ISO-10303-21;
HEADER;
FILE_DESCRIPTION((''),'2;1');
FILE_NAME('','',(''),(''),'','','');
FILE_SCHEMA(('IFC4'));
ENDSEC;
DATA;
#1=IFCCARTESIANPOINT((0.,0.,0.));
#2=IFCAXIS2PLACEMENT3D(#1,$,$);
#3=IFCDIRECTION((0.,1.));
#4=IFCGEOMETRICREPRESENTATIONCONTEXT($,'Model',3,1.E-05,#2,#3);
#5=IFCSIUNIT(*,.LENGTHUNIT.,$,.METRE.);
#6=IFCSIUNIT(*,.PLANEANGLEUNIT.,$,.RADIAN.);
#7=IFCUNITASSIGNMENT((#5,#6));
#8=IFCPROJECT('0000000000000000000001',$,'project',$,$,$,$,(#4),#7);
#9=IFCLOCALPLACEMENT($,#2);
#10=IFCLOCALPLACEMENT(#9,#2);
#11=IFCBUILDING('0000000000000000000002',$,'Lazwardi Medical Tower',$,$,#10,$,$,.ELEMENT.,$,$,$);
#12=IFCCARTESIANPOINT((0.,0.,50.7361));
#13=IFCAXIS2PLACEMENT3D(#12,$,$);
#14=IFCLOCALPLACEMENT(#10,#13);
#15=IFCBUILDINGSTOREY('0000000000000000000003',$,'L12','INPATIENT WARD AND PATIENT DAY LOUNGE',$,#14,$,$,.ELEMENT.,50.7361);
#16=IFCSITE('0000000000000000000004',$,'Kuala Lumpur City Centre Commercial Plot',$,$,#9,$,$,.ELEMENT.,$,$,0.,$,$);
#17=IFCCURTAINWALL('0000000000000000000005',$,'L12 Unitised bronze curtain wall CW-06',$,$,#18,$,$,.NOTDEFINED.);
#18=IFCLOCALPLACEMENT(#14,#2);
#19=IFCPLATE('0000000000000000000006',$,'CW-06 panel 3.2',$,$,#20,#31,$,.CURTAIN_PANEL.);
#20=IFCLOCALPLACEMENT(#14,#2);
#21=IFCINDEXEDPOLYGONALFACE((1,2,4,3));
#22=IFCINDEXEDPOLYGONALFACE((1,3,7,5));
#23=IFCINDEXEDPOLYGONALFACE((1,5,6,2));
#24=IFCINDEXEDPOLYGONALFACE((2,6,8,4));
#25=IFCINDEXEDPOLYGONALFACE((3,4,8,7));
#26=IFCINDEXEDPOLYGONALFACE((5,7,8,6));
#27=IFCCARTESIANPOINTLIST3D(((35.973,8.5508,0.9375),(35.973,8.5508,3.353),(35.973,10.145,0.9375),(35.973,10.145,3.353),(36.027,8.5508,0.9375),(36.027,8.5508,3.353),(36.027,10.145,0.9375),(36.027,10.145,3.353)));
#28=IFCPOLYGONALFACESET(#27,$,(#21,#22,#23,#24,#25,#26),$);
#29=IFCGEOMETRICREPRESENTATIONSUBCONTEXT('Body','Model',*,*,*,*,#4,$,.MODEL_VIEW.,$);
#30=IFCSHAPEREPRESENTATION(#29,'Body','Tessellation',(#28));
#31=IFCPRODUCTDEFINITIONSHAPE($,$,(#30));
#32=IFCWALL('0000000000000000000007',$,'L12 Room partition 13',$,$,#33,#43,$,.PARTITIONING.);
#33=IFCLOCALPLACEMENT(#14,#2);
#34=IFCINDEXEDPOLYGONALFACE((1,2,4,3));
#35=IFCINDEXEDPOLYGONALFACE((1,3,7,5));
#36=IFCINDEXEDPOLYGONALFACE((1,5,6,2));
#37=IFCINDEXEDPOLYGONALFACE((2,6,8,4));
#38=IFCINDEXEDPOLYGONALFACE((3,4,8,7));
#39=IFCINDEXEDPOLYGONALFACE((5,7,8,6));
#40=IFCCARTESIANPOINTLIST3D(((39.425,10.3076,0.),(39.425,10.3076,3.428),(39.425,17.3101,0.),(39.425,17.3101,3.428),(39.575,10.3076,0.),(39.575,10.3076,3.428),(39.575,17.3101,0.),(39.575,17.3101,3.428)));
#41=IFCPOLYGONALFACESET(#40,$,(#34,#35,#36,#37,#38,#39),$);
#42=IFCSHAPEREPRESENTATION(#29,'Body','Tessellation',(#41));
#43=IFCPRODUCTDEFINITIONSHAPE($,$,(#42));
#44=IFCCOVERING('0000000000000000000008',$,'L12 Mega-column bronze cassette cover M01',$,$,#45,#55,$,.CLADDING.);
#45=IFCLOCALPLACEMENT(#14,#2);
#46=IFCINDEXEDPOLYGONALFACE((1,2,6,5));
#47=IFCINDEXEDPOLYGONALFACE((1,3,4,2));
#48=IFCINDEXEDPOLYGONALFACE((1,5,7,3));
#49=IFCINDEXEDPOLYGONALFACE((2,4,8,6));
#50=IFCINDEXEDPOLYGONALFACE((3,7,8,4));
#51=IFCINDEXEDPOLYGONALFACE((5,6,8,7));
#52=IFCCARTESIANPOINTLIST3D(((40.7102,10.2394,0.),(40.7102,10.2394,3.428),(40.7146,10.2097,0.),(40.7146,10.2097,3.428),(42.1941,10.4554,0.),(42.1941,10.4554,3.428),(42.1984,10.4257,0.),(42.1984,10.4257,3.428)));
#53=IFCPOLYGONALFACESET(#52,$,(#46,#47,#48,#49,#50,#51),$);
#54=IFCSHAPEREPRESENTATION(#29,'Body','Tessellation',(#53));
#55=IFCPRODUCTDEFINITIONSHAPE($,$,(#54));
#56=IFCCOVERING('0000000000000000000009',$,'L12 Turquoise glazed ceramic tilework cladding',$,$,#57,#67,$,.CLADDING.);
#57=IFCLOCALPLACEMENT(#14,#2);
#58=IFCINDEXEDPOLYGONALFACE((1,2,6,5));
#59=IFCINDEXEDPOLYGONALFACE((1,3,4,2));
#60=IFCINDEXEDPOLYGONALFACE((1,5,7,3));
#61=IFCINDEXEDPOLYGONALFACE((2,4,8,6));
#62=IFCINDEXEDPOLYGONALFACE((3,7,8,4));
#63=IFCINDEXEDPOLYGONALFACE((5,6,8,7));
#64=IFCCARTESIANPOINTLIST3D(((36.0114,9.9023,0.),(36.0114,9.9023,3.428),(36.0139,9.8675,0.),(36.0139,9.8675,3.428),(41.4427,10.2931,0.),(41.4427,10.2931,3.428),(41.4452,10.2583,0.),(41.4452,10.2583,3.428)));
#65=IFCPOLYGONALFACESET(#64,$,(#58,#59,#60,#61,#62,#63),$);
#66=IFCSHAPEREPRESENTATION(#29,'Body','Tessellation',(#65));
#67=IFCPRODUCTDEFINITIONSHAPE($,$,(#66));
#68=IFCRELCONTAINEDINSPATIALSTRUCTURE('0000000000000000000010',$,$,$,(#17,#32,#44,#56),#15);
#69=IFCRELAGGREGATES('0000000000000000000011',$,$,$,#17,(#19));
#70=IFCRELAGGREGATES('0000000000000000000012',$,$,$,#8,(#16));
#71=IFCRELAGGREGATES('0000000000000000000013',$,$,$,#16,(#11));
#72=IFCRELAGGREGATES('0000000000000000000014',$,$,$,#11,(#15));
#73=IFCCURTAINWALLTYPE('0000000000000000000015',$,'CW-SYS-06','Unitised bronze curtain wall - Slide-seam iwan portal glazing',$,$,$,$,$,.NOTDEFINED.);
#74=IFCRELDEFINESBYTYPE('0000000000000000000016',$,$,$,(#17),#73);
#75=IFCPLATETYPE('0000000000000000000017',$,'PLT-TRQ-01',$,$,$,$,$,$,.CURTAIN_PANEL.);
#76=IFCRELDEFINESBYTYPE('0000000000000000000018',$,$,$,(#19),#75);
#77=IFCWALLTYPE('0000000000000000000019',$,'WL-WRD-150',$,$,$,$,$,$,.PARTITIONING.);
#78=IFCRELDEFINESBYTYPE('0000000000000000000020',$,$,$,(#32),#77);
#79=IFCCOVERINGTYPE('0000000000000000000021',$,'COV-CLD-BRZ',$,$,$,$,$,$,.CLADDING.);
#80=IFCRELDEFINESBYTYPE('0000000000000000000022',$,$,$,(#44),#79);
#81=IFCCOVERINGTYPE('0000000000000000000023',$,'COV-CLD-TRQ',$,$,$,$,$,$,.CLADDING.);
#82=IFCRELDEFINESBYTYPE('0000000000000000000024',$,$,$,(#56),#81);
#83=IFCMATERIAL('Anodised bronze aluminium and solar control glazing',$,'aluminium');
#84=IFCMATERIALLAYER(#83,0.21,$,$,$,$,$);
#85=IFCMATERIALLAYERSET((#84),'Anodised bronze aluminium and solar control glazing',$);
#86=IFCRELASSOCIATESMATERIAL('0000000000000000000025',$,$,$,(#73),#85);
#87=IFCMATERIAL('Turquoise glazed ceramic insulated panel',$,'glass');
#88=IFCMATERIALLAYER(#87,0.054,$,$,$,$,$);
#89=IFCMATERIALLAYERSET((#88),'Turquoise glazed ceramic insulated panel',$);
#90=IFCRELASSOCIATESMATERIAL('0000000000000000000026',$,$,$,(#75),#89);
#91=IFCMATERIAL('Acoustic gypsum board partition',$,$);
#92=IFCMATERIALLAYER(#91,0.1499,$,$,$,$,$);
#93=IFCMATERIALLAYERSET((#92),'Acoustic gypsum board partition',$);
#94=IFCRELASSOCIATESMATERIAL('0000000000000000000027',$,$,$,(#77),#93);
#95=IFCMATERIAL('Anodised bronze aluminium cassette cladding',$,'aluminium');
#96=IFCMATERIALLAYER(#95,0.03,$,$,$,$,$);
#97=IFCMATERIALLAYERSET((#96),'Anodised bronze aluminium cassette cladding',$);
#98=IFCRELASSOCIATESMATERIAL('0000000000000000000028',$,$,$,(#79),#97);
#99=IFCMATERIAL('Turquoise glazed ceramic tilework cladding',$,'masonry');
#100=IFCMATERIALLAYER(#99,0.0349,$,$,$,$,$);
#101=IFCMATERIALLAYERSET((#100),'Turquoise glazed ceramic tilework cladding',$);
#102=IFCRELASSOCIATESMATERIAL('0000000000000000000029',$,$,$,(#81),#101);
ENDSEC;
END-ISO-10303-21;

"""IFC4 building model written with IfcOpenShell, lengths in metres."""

from ifc_helpers import new_model, si_unit, direction, frame, frame_2d, origin, origin_2d, place, context, subcontext, project, spatial, rectangle, extrude, material, layer, layer_set, type_object, element, aggregate, save


model = new_model("IFC4")

# Units and contexts
model_context = context("Model", 3, precision=1e-05, world=origin(), true_north=direction((0.0, 1.0)))
body_context = subcontext(model_context, "Body", "Model", "MODEL_VIEW")
ifc_project = project(units=[si_unit("LENGTHUNIT", "METRE"), si_unit("PLANEANGLEUNIT", "RADIAN")], contexts=[model_context])

# Site, building, storey
site_placement = place(None, origin())
site = spatial("IfcSite", under=ifc_project, at=site_placement, Name="Kuala Lumpur City Centre Commercial Plot", CompositionType="ELEMENT", RefElevation=0.0)
building_placement = place(site_placement, origin())
building = spatial("IfcBuilding", under=site, at=building_placement, Name="Lazwardi Medical Tower", CompositionType="ELEMENT")
storey_placement = place(building_placement, frame((0.0, 0.0, 50.7361)))
storey = spatial("IfcBuildingStorey", under=building, at=storey_placement, Name="L12", Description="INPATIENT WARD AND PATIENT DAY LOUNGE", CompositionType="ELEMENT", Elevation=50.7361)

# Shared definitions
ifc_material_1 = material(Name="Anodised bronze aluminium and solar control glazing", Category="aluminium")

# Curtain wall
ifc_layer_1 = layer(ifc_material_1, 0.21)
ifc_layer_set_1 = layer_set([ifc_layer_1], Name="Anodised bronze aluminium and solar control glazing")
curtain_wall_type_1 = type_object("IfcCurtainWallType", Name="CW-SYS-06", Description="Unitised bronze curtain wall - Slide-seam iwan portal glazing", PredefinedType="NOTDEFINED", material=ifc_layer_set_1)
curtain_wall_1_placement = place(storey_placement, origin())
curtain_wall_1 = element("IfcCurtainWall", 1, at=curtain_wall_1_placement, inside=storey, type_object=curtain_wall_type_1, Name="L12 Unitised bronze curtain wall CW-06", PredefinedType="NOTDEFINED")

# Plate
ifc_material_2 = material(Name="Turquoise glazed ceramic insulated panel", Category="glass")
ifc_layer_2 = layer(ifc_material_2, 0.054)
ifc_layer_set_2 = layer_set([ifc_layer_2], Name="Turquoise glazed ceramic insulated panel")
plate_type = type_object("IfcPlateType", Name="PLT-TRQ-01", PredefinedType="CURTAIN_PANEL", material=ifc_layer_set_2)
plate_1_placement = place(storey_placement, frame((36.0, 9.3479, 0.9375), z_axis=(0.0, 0.0, 1.0), x_axis=(0.0, 1.0, 0.0)))
plate_1 = element("IfcPlate", 2, at=plate_1_placement, type_object=plate_type, Name="CW-06 panel 3.2", PredefinedType="CURTAIN_PANEL", context=body_context, shape_type="SweptSolid", body=[
    extrude(rectangle(XDim=1.5942, YDim=0.054, at=origin_2d()), origin(), (0.0, 0.0, 1.0), 2.4155),
])
aggregate(curtain_wall_1, [plate_1])

# Wall
ifc_material_3 = material(Name="Acoustic gypsum board partition")
ifc_layer_3 = layer(ifc_material_3, 0.1499)
ifc_layer_set_3 = layer_set([ifc_layer_3], Name="Acoustic gypsum board partition")
wall_type = type_object("IfcWallType", Name="WL-WRD-150", PredefinedType="PARTITIONING", material=ifc_layer_set_3)
wall_placement = place(storey_placement, frame((39.5, 10.3076, 0.0), z_axis=(0.0, 0.0, 1.0), x_axis=(0.0, 1.0, 0.0)))
element("IfcWall", 3, at=wall_placement, inside=storey, type_object=wall_type, Name="L12 Room partition 13", PredefinedType="PARTITIONING", context=body_context, shape_type="SweptSolid", body=[
    extrude(rectangle(XDim=7.0024, YDim=0.1499, at=frame_2d((3.5012, 0.0))), origin(), (0.0, 0.0, 1.0), 3.428),
])

# Coverings
ifc_material_4 = material(Name="Anodised bronze aluminium cassette cladding", Category="aluminium")
ifc_layer_4 = layer(ifc_material_4, 0.03)
ifc_layer_set_4 = layer_set([ifc_layer_4], Name="Anodised bronze aluminium cassette cladding")
covering_type_1 = type_object("IfcCoveringType", Name="COV-CLD-BRZ", PredefinedType="CLADDING", material=ifc_layer_set_4)
covering_1_placement = place(storey_placement, frame((41.4543, 10.3325, 0.0), z_axis=(0.0, 0.0, 1.0), x_axis=(0.989573, 0.144035, 0.0)))
element("IfcCovering", 4, at=covering_1_placement, inside=storey, type_object=covering_type_1, Name="L12 Mega-column bronze cassette cover M01", PredefinedType="CLADDING", context=body_context, shape_type="SweptSolid", body=[
    extrude(rectangle(XDim=1.4995, YDim=0.03, at=origin_2d()), origin(), (0.0, 0.0, 1.0), 3.428),
])
ifc_material_5 = material(Name="Turquoise glazed ceramic tilework cladding", Category="masonry")
ifc_layer_5 = layer(ifc_material_5, 0.0349)
ifc_layer_set_5 = layer_set([ifc_layer_5], Name="Turquoise glazed ceramic tilework cladding")
covering_type_2 = type_object("IfcCoveringType", Name="COV-CLD-TRQ", PredefinedType="CLADDING", material=ifc_layer_set_5)
covering_2_placement = place(storey_placement, frame((38.7283, 10.0803, 0.0), z_axis=(0.0, 0.0, 1.0), x_axis=(0.997421, 0.071767, 0.0)))
element("IfcCovering", 5, at=covering_2_placement, inside=storey, type_object=covering_type_2, Name="L12 Turquoise glazed ceramic tilework cladding", PredefinedType="CLADDING", context=body_context, shape_type="SweptSolid", body=[
    extrude(rectangle(XDim=5.4453, YDim=0.0349, at=origin_2d()), origin(), (0.0, 0.0, 1.0), 3.428),
])

save(model, "model.ifc")
